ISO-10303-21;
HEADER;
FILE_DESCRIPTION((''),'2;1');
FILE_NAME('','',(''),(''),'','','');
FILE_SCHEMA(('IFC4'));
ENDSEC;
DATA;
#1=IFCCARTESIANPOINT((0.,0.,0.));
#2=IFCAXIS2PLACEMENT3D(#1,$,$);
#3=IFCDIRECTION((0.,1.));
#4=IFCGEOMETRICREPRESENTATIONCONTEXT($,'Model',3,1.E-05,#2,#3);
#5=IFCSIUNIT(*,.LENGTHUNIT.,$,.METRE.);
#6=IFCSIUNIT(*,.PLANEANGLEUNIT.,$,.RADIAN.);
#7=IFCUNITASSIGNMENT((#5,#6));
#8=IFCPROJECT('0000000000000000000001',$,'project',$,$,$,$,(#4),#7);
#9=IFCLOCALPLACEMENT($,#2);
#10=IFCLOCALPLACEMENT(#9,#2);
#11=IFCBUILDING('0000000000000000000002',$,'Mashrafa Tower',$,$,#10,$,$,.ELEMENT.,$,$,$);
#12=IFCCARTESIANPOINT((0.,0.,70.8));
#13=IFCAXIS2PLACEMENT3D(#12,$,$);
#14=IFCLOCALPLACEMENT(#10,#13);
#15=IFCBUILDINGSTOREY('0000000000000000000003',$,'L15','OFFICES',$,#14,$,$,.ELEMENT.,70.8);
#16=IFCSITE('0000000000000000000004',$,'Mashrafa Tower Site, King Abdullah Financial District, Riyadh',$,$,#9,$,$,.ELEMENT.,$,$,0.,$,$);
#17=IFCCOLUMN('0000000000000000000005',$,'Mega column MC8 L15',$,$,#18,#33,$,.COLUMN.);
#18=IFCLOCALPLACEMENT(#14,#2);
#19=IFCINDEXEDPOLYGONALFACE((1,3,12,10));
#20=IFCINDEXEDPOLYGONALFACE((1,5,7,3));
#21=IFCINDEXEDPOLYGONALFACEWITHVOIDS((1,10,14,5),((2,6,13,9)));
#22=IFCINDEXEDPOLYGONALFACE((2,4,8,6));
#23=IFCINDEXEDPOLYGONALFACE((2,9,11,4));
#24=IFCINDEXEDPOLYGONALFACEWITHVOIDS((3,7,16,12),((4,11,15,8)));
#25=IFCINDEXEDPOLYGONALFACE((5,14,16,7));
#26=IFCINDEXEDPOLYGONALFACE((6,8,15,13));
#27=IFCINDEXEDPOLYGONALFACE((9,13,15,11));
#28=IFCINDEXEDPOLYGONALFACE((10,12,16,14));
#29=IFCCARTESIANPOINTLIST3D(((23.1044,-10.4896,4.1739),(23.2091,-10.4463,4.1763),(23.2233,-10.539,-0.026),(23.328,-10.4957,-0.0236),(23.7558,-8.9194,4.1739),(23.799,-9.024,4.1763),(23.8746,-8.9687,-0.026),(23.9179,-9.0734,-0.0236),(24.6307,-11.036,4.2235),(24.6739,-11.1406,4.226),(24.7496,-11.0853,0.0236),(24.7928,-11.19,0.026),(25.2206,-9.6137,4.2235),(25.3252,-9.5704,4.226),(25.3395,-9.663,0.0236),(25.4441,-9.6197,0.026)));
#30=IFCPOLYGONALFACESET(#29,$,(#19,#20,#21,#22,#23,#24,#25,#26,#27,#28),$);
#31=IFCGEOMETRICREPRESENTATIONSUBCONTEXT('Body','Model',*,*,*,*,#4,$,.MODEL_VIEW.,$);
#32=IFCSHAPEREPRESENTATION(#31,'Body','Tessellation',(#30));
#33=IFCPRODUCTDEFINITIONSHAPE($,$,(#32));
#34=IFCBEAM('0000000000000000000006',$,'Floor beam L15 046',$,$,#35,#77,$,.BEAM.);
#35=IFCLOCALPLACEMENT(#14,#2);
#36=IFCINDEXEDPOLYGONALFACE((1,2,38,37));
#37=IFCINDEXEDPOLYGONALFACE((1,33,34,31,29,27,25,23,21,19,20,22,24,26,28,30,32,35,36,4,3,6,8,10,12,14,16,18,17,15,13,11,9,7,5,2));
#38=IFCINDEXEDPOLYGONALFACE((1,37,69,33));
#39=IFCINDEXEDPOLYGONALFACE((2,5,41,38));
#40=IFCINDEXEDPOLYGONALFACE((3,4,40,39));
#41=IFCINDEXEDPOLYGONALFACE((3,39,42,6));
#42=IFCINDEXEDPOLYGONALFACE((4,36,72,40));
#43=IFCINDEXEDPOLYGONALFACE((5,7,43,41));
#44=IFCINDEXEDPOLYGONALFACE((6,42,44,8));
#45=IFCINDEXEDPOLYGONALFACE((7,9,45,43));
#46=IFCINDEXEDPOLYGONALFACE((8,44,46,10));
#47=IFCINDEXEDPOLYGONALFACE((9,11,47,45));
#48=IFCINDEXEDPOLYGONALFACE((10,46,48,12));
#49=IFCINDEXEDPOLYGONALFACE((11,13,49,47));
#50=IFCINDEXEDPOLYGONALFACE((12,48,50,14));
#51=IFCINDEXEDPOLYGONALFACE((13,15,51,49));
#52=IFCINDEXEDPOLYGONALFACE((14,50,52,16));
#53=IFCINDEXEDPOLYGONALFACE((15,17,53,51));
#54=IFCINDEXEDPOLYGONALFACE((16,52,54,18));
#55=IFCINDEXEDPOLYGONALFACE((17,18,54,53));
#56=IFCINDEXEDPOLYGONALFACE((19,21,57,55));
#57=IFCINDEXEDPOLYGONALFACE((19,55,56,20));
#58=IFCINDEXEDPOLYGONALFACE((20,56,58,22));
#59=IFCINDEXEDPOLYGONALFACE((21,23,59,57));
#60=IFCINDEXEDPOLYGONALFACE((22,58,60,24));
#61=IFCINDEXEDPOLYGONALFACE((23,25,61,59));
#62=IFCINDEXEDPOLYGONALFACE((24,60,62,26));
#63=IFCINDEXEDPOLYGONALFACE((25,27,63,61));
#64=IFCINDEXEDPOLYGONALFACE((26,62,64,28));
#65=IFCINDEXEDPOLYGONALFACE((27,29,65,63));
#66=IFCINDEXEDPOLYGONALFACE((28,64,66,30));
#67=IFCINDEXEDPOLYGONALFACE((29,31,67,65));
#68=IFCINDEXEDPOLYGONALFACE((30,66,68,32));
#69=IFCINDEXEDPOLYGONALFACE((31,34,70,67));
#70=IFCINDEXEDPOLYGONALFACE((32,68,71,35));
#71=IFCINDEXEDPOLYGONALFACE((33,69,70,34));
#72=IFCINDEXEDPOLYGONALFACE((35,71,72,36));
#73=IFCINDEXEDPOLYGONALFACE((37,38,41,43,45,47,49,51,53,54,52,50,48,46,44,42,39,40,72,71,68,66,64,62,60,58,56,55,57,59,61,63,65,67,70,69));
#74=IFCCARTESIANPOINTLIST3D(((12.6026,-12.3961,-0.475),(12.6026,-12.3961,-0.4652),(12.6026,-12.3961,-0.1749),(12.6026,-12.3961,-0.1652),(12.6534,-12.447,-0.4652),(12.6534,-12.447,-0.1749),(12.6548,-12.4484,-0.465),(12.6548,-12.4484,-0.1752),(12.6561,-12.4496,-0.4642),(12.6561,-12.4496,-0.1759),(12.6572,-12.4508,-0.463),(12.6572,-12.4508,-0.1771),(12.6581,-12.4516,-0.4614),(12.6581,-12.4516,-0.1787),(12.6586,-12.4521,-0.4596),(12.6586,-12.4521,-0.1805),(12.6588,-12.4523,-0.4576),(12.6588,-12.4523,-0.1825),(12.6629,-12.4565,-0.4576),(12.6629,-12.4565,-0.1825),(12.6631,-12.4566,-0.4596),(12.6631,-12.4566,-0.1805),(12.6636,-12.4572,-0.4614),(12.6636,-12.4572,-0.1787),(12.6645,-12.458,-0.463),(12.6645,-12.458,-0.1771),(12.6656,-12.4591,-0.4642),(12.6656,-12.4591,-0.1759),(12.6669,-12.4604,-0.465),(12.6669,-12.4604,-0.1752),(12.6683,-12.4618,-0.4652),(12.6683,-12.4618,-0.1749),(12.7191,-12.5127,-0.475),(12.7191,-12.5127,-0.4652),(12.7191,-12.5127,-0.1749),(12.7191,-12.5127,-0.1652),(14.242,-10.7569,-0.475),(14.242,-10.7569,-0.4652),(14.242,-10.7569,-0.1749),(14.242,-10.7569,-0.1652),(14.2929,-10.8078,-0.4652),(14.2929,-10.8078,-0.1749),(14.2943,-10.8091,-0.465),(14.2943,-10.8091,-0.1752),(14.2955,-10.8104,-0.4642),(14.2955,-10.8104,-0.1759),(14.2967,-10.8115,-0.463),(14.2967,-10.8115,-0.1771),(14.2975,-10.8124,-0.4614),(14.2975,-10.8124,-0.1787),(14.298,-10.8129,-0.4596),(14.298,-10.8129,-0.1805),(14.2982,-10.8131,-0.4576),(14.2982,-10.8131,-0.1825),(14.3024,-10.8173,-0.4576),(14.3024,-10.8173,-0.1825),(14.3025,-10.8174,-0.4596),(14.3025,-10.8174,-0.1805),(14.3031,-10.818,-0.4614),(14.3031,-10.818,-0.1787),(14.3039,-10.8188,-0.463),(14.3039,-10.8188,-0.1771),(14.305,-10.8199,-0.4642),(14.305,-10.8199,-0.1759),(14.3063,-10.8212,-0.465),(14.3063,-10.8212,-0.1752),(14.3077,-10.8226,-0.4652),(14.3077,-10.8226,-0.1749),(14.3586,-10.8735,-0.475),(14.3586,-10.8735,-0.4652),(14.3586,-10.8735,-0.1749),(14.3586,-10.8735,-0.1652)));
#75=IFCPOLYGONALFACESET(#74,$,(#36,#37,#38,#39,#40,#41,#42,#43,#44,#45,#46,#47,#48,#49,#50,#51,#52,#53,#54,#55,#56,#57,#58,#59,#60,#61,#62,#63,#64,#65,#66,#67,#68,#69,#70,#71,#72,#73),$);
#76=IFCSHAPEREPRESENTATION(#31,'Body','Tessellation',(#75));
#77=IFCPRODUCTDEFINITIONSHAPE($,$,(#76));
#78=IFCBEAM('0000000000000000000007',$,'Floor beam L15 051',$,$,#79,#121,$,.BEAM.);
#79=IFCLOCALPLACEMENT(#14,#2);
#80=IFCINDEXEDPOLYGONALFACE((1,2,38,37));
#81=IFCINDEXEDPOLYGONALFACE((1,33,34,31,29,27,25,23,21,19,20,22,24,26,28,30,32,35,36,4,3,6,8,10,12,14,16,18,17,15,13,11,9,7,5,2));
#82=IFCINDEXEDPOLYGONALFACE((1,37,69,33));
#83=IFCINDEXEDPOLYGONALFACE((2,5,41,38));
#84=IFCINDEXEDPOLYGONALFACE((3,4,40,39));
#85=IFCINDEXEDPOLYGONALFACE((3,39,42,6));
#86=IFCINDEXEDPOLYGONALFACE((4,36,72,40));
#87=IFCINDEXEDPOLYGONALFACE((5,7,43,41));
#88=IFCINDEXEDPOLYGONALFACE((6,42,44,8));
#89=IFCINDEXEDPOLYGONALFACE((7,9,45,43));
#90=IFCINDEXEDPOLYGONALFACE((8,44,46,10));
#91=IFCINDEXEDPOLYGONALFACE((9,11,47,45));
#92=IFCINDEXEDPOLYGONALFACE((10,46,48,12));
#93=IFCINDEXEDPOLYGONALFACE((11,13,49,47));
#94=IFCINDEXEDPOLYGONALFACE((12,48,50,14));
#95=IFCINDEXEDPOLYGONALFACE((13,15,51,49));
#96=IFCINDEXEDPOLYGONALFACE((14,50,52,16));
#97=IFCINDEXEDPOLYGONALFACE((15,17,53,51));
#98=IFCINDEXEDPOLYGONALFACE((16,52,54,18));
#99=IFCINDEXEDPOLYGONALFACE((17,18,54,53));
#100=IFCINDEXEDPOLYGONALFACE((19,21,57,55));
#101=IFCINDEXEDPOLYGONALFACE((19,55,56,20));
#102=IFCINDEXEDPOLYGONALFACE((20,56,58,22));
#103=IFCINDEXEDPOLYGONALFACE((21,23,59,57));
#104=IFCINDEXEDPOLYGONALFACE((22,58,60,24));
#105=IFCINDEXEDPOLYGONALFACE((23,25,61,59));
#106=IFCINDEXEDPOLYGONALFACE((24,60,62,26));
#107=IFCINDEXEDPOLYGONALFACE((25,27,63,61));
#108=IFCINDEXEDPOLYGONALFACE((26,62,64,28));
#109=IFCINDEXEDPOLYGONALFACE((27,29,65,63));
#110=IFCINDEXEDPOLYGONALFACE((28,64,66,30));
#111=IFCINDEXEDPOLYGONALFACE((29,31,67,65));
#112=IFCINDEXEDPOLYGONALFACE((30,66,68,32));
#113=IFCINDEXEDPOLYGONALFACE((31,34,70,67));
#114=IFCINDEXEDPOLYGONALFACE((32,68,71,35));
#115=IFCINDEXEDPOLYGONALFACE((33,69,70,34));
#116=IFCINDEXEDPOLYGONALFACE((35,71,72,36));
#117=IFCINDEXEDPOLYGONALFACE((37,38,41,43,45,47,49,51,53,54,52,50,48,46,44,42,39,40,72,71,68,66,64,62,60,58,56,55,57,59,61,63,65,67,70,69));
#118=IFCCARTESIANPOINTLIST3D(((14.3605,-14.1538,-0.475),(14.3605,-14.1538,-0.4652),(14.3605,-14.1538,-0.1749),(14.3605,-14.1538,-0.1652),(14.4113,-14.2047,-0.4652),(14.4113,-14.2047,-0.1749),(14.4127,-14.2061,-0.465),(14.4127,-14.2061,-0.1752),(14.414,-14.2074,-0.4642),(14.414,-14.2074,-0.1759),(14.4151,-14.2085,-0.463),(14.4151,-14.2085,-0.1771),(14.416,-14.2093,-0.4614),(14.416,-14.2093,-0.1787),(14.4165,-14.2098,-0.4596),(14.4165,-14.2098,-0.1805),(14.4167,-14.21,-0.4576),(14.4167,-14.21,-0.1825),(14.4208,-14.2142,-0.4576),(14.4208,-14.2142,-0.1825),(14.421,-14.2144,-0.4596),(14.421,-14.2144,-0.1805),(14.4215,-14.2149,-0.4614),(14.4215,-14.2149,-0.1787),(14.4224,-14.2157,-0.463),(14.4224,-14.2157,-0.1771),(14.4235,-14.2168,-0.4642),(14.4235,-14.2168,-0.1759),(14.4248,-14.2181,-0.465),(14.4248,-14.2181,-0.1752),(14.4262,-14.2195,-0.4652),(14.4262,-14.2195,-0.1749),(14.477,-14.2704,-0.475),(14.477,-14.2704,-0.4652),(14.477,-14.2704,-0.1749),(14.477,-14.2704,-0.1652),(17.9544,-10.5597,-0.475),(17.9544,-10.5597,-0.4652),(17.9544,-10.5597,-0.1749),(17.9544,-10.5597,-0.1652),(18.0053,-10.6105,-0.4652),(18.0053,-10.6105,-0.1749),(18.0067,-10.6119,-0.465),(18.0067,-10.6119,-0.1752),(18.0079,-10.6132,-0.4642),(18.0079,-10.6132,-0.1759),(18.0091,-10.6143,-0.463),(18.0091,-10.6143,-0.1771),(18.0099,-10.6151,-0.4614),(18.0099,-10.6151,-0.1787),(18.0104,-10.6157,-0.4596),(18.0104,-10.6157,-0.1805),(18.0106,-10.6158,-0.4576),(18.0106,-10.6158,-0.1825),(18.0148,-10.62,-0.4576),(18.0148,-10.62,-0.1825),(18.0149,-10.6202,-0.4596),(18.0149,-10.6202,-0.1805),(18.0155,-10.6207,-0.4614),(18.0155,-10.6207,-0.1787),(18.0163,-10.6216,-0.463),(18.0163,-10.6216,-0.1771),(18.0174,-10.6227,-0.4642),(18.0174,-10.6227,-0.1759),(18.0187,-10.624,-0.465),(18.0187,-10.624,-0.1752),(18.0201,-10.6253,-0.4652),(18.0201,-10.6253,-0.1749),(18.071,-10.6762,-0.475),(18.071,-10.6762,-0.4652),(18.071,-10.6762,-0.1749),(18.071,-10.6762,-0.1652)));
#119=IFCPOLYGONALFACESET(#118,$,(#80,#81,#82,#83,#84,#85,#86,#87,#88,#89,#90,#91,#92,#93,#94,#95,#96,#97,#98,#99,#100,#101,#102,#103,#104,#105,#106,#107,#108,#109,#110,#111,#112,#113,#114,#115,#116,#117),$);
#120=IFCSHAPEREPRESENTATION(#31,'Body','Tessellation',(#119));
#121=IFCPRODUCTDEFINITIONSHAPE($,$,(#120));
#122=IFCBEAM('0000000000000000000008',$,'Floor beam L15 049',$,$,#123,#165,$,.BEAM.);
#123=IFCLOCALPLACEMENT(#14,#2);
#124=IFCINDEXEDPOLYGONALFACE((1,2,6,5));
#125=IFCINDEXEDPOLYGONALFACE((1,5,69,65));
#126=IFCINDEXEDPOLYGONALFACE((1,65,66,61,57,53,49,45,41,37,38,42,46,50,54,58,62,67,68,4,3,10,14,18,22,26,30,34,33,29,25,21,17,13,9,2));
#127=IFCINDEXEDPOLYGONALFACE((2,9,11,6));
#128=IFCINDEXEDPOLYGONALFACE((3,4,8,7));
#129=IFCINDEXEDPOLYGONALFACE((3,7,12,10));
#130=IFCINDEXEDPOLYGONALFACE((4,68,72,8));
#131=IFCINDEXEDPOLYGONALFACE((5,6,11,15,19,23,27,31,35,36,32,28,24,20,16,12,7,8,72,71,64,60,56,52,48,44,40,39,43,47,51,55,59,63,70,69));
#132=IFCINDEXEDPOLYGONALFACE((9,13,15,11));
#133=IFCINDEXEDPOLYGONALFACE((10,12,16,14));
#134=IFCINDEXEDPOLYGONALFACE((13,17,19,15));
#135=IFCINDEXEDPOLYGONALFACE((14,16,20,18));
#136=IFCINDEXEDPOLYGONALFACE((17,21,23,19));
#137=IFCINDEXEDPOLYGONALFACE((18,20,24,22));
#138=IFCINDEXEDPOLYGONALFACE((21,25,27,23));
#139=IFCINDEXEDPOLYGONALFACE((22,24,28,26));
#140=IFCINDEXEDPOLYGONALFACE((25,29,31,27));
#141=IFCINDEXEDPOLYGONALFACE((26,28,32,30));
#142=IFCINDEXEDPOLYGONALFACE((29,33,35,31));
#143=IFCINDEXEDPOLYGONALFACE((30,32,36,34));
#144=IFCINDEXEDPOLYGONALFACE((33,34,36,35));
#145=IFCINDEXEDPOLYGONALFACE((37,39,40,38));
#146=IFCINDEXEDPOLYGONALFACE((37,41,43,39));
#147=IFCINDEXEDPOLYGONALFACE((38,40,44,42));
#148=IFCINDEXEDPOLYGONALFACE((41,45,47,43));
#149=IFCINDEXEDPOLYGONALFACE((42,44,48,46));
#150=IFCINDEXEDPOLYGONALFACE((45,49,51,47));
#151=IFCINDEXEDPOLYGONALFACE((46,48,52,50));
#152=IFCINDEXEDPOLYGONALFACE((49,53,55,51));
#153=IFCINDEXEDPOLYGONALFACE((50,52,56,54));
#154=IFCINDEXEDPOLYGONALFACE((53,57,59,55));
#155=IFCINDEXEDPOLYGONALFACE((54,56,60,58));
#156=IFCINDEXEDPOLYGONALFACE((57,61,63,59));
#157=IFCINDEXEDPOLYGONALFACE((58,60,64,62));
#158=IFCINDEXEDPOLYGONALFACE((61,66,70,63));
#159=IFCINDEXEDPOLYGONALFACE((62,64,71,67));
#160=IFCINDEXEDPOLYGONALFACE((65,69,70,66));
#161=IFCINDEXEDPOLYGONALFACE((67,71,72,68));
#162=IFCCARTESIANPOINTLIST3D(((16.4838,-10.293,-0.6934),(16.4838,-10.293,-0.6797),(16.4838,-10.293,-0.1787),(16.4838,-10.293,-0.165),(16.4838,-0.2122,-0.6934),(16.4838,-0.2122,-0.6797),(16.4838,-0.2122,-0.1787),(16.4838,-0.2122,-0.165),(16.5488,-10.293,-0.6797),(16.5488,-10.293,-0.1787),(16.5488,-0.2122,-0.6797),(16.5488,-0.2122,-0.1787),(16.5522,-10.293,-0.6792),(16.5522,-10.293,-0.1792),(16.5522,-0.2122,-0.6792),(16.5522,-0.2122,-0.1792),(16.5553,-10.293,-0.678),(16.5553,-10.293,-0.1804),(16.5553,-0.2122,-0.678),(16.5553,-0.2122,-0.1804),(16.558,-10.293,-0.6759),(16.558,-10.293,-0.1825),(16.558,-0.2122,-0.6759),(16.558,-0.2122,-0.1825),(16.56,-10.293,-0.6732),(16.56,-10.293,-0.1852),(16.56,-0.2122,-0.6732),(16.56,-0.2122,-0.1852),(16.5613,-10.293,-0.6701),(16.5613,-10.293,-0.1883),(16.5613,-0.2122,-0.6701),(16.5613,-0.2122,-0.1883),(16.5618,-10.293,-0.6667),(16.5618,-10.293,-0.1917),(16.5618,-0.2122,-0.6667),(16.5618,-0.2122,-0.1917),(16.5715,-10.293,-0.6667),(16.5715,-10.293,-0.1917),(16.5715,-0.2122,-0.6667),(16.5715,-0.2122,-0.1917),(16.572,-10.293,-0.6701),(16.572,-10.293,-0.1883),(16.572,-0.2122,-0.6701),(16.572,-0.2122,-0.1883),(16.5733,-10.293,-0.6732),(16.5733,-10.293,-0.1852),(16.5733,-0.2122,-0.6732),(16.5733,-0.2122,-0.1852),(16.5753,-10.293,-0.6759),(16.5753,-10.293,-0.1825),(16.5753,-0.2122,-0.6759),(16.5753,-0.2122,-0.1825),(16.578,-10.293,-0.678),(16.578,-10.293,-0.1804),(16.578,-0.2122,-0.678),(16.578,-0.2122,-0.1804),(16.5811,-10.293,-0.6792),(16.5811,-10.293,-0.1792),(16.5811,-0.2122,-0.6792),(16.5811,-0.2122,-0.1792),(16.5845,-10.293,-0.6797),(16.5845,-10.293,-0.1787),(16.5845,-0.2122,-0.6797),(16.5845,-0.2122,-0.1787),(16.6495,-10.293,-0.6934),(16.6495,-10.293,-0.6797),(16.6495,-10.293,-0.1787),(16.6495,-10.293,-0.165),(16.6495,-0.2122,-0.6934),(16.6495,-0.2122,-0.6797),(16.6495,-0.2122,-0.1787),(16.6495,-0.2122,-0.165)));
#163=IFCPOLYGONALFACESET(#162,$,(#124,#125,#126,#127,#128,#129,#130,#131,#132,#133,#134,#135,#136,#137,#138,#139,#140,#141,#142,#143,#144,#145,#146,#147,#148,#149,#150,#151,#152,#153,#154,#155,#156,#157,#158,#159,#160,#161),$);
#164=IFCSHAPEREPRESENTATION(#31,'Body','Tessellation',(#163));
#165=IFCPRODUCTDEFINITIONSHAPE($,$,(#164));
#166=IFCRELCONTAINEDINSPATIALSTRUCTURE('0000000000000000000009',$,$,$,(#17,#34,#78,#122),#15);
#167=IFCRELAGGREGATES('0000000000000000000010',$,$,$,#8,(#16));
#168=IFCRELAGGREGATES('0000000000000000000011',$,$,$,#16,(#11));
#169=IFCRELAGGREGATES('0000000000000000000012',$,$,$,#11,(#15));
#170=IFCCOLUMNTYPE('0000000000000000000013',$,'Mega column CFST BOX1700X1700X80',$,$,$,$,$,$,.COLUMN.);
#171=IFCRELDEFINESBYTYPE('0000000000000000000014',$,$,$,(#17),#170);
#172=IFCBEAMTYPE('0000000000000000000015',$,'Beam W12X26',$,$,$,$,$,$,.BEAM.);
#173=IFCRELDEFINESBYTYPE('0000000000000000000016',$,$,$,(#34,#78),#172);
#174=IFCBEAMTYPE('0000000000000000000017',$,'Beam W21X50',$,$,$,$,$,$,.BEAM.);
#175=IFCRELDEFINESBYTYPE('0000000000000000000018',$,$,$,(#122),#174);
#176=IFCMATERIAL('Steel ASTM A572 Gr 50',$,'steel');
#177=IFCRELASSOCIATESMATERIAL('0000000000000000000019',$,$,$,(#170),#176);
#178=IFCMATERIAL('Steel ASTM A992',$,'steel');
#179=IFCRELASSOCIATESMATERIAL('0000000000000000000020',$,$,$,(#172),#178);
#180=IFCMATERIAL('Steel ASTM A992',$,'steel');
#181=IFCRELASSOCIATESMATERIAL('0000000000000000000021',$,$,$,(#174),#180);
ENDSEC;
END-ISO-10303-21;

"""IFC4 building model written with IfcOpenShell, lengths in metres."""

from ifc_helpers import new_model, si_unit, direction, frame, origin, origin_2d, place, context, subcontext, project, spatial, hollow_rectangle, i_section, extrude, material, material_profile, profile_set, type_object, element, save


model = new_model("IFC4")

# Units and contexts
model_context = context("Model", 3, precision=1e-05, world=origin(), true_north=direction((0.0, 1.0)))
body_context = subcontext(model_context, "Body", "Model", "MODEL_VIEW")
ifc_project = project(units=[si_unit("LENGTHUNIT", "METRE"), si_unit("PLANEANGLEUNIT", "RADIAN")], contexts=[model_context])

# Site, building, storey
site_placement = place(None, origin())
site = spatial("IfcSite", under=ifc_project, at=site_placement, Name="Mashrafa Tower Site, King Abdullah Financial District, Riyadh", CompositionType="ELEMENT", RefElevation=0.0)
building_placement = place(site_placement, origin())
building = spatial("IfcBuilding", under=site, at=building_placement, Name="Mashrafa Tower", CompositionType="ELEMENT")
storey_placement = place(building_placement, frame((0.0, 0.0, 70.8)))
storey = spatial("IfcBuildingStorey", under=building, at=storey_placement, Name="L15", Description="OFFICES", CompositionType="ELEMENT", Elevation=70.8)

# Column
ifc_material_1 = material(Name="Steel ASTM A572 Gr 50", Category="steel")
ifc_material_profile_1 = material_profile(ifc_material_1, hollow_rectangle(XDim=1.7, YDim=1.7, WallThickness=0.0801, at=origin_2d()), Name="BOX1700X1700X80")
ifc_profile_set_1 = profile_set([ifc_material_profile_1], Name="Steel ASTM A572 Gr 50")
column_type = type_object("IfcColumnType", Name="Mega column CFST BOX1700X1700X80", PredefinedType="COLUMN", material=ifc_profile_set_1)
column_placement = place(storey_placement, frame((24.3337, -10.0793, 0.0), z_axis=(-0.028296, 0.011737, 0.999531), x_axis=(-0.383133, -0.923693, 0.0)))
element("IfcColumn", 1, at=column_placement, inside=storey, type_object=column_type, Name="Mega column MC8 L15", PredefinedType="COLUMN", context=body_context, shape_type="SweptSolid", body=[
    extrude(hollow_rectangle(XDim=1.7, YDim=1.7, WallThickness=0.0801, at=origin_2d()), origin(), (0.0, 0.0, 1.0), 4.2019),
])

# Beams
ifc_material_2 = material(Name="Steel ASTM A992", Category="steel")
ifc_material_profile_2 = material_profile(ifc_material_2, i_section(OverallWidth=0.1648, OverallDepth=0.3098, WebThickness=0.0059, FlangeThickness=0.0098, FilletRadius=0.0076, at=origin_2d()), Name="W12X26")
ifc_profile_set_2 = profile_set([ifc_material_profile_2], Name="Steel ASTM A992")
beam_type_1 = type_object("IfcBeamType", Name="Beam W12X26", PredefinedType="BEAM", material=ifc_profile_set_2)
beam_1_placement = place(storey_placement, frame((14.3003, -10.8152, -0.3201), z_axis=(-0.707159, -0.707054, 0.0), x_axis=(0.707054, -0.707159, 0.0)))
element("IfcBeam", 2, at=beam_1_placement, inside=storey, type_object=beam_type_1, Name="Floor beam L15 046", PredefinedType="BEAM", context=body_context, shape_type="SweptSolid", body=[
    extrude(i_section(OverallWidth=0.1648, OverallDepth=0.3098, WebThickness=0.0059, FlangeThickness=0.0098, FilletRadius=0.0076, at=origin_2d()), origin(), (0.0, 0.0, 1.0), 2.3184),
])
beam_2_placement = place(storey_placement, frame((18.0127, -10.6179, -0.3201), z_axis=(-0.707083, -0.707131, 0.0), x_axis=(0.707131, -0.707083, 0.0)))
element("IfcBeam", 3, at=beam_2_placement, inside=storey, type_object=beam_type_1, Name="Floor beam L15 051", PredefinedType="BEAM", context=body_context, shape_type="SweptSolid", body=[
    extrude(i_section(OverallWidth=0.1648, OverallDepth=0.3098, WebThickness=0.0059, FlangeThickness=0.0098, FilletRadius=0.0076, at=origin_2d()), origin(), (0.0, 0.0, 1.0), 5.0828),
])
ifc_material_3 = material(Name="Steel ASTM A992", Category="steel")
ifc_material_profile_3 = material_profile(ifc_material_3, i_section(OverallWidth=0.1658, OverallDepth=0.5283, WebThickness=0.0098, FlangeThickness=0.0137, FilletRadius=0.0129, at=origin_2d()), Name="W21X50")
ifc_profile_set_3 = profile_set([ifc_material_profile_3], Name="Steel ASTM A992")
beam_type_2 = type_object("IfcBeamType", Name="Beam W21X50", PredefinedType="BEAM", material=ifc_profile_set_3)
beam_3_placement = place(storey_placement, frame((16.5667, -0.2122, -0.4292), z_axis=(0.0, -1.0, 0.0), x_axis=(1.0, 0.0, 0.0)))
element("IfcBeam", 4, at=beam_3_placement, inside=storey, type_object=beam_type_2, Name="Floor beam L15 049", PredefinedType="BEAM", context=body_context, shape_type="SweptSolid", body=[
    extrude(i_section(OverallWidth=0.1658, OverallDepth=0.5283, WebThickness=0.0098, FlangeThickness=0.0137, FilletRadius=0.0129, at=origin_2d()), origin(), (0.0, 0.0, 1.0), 10.0808),
])

save(model, "model.ifc")
